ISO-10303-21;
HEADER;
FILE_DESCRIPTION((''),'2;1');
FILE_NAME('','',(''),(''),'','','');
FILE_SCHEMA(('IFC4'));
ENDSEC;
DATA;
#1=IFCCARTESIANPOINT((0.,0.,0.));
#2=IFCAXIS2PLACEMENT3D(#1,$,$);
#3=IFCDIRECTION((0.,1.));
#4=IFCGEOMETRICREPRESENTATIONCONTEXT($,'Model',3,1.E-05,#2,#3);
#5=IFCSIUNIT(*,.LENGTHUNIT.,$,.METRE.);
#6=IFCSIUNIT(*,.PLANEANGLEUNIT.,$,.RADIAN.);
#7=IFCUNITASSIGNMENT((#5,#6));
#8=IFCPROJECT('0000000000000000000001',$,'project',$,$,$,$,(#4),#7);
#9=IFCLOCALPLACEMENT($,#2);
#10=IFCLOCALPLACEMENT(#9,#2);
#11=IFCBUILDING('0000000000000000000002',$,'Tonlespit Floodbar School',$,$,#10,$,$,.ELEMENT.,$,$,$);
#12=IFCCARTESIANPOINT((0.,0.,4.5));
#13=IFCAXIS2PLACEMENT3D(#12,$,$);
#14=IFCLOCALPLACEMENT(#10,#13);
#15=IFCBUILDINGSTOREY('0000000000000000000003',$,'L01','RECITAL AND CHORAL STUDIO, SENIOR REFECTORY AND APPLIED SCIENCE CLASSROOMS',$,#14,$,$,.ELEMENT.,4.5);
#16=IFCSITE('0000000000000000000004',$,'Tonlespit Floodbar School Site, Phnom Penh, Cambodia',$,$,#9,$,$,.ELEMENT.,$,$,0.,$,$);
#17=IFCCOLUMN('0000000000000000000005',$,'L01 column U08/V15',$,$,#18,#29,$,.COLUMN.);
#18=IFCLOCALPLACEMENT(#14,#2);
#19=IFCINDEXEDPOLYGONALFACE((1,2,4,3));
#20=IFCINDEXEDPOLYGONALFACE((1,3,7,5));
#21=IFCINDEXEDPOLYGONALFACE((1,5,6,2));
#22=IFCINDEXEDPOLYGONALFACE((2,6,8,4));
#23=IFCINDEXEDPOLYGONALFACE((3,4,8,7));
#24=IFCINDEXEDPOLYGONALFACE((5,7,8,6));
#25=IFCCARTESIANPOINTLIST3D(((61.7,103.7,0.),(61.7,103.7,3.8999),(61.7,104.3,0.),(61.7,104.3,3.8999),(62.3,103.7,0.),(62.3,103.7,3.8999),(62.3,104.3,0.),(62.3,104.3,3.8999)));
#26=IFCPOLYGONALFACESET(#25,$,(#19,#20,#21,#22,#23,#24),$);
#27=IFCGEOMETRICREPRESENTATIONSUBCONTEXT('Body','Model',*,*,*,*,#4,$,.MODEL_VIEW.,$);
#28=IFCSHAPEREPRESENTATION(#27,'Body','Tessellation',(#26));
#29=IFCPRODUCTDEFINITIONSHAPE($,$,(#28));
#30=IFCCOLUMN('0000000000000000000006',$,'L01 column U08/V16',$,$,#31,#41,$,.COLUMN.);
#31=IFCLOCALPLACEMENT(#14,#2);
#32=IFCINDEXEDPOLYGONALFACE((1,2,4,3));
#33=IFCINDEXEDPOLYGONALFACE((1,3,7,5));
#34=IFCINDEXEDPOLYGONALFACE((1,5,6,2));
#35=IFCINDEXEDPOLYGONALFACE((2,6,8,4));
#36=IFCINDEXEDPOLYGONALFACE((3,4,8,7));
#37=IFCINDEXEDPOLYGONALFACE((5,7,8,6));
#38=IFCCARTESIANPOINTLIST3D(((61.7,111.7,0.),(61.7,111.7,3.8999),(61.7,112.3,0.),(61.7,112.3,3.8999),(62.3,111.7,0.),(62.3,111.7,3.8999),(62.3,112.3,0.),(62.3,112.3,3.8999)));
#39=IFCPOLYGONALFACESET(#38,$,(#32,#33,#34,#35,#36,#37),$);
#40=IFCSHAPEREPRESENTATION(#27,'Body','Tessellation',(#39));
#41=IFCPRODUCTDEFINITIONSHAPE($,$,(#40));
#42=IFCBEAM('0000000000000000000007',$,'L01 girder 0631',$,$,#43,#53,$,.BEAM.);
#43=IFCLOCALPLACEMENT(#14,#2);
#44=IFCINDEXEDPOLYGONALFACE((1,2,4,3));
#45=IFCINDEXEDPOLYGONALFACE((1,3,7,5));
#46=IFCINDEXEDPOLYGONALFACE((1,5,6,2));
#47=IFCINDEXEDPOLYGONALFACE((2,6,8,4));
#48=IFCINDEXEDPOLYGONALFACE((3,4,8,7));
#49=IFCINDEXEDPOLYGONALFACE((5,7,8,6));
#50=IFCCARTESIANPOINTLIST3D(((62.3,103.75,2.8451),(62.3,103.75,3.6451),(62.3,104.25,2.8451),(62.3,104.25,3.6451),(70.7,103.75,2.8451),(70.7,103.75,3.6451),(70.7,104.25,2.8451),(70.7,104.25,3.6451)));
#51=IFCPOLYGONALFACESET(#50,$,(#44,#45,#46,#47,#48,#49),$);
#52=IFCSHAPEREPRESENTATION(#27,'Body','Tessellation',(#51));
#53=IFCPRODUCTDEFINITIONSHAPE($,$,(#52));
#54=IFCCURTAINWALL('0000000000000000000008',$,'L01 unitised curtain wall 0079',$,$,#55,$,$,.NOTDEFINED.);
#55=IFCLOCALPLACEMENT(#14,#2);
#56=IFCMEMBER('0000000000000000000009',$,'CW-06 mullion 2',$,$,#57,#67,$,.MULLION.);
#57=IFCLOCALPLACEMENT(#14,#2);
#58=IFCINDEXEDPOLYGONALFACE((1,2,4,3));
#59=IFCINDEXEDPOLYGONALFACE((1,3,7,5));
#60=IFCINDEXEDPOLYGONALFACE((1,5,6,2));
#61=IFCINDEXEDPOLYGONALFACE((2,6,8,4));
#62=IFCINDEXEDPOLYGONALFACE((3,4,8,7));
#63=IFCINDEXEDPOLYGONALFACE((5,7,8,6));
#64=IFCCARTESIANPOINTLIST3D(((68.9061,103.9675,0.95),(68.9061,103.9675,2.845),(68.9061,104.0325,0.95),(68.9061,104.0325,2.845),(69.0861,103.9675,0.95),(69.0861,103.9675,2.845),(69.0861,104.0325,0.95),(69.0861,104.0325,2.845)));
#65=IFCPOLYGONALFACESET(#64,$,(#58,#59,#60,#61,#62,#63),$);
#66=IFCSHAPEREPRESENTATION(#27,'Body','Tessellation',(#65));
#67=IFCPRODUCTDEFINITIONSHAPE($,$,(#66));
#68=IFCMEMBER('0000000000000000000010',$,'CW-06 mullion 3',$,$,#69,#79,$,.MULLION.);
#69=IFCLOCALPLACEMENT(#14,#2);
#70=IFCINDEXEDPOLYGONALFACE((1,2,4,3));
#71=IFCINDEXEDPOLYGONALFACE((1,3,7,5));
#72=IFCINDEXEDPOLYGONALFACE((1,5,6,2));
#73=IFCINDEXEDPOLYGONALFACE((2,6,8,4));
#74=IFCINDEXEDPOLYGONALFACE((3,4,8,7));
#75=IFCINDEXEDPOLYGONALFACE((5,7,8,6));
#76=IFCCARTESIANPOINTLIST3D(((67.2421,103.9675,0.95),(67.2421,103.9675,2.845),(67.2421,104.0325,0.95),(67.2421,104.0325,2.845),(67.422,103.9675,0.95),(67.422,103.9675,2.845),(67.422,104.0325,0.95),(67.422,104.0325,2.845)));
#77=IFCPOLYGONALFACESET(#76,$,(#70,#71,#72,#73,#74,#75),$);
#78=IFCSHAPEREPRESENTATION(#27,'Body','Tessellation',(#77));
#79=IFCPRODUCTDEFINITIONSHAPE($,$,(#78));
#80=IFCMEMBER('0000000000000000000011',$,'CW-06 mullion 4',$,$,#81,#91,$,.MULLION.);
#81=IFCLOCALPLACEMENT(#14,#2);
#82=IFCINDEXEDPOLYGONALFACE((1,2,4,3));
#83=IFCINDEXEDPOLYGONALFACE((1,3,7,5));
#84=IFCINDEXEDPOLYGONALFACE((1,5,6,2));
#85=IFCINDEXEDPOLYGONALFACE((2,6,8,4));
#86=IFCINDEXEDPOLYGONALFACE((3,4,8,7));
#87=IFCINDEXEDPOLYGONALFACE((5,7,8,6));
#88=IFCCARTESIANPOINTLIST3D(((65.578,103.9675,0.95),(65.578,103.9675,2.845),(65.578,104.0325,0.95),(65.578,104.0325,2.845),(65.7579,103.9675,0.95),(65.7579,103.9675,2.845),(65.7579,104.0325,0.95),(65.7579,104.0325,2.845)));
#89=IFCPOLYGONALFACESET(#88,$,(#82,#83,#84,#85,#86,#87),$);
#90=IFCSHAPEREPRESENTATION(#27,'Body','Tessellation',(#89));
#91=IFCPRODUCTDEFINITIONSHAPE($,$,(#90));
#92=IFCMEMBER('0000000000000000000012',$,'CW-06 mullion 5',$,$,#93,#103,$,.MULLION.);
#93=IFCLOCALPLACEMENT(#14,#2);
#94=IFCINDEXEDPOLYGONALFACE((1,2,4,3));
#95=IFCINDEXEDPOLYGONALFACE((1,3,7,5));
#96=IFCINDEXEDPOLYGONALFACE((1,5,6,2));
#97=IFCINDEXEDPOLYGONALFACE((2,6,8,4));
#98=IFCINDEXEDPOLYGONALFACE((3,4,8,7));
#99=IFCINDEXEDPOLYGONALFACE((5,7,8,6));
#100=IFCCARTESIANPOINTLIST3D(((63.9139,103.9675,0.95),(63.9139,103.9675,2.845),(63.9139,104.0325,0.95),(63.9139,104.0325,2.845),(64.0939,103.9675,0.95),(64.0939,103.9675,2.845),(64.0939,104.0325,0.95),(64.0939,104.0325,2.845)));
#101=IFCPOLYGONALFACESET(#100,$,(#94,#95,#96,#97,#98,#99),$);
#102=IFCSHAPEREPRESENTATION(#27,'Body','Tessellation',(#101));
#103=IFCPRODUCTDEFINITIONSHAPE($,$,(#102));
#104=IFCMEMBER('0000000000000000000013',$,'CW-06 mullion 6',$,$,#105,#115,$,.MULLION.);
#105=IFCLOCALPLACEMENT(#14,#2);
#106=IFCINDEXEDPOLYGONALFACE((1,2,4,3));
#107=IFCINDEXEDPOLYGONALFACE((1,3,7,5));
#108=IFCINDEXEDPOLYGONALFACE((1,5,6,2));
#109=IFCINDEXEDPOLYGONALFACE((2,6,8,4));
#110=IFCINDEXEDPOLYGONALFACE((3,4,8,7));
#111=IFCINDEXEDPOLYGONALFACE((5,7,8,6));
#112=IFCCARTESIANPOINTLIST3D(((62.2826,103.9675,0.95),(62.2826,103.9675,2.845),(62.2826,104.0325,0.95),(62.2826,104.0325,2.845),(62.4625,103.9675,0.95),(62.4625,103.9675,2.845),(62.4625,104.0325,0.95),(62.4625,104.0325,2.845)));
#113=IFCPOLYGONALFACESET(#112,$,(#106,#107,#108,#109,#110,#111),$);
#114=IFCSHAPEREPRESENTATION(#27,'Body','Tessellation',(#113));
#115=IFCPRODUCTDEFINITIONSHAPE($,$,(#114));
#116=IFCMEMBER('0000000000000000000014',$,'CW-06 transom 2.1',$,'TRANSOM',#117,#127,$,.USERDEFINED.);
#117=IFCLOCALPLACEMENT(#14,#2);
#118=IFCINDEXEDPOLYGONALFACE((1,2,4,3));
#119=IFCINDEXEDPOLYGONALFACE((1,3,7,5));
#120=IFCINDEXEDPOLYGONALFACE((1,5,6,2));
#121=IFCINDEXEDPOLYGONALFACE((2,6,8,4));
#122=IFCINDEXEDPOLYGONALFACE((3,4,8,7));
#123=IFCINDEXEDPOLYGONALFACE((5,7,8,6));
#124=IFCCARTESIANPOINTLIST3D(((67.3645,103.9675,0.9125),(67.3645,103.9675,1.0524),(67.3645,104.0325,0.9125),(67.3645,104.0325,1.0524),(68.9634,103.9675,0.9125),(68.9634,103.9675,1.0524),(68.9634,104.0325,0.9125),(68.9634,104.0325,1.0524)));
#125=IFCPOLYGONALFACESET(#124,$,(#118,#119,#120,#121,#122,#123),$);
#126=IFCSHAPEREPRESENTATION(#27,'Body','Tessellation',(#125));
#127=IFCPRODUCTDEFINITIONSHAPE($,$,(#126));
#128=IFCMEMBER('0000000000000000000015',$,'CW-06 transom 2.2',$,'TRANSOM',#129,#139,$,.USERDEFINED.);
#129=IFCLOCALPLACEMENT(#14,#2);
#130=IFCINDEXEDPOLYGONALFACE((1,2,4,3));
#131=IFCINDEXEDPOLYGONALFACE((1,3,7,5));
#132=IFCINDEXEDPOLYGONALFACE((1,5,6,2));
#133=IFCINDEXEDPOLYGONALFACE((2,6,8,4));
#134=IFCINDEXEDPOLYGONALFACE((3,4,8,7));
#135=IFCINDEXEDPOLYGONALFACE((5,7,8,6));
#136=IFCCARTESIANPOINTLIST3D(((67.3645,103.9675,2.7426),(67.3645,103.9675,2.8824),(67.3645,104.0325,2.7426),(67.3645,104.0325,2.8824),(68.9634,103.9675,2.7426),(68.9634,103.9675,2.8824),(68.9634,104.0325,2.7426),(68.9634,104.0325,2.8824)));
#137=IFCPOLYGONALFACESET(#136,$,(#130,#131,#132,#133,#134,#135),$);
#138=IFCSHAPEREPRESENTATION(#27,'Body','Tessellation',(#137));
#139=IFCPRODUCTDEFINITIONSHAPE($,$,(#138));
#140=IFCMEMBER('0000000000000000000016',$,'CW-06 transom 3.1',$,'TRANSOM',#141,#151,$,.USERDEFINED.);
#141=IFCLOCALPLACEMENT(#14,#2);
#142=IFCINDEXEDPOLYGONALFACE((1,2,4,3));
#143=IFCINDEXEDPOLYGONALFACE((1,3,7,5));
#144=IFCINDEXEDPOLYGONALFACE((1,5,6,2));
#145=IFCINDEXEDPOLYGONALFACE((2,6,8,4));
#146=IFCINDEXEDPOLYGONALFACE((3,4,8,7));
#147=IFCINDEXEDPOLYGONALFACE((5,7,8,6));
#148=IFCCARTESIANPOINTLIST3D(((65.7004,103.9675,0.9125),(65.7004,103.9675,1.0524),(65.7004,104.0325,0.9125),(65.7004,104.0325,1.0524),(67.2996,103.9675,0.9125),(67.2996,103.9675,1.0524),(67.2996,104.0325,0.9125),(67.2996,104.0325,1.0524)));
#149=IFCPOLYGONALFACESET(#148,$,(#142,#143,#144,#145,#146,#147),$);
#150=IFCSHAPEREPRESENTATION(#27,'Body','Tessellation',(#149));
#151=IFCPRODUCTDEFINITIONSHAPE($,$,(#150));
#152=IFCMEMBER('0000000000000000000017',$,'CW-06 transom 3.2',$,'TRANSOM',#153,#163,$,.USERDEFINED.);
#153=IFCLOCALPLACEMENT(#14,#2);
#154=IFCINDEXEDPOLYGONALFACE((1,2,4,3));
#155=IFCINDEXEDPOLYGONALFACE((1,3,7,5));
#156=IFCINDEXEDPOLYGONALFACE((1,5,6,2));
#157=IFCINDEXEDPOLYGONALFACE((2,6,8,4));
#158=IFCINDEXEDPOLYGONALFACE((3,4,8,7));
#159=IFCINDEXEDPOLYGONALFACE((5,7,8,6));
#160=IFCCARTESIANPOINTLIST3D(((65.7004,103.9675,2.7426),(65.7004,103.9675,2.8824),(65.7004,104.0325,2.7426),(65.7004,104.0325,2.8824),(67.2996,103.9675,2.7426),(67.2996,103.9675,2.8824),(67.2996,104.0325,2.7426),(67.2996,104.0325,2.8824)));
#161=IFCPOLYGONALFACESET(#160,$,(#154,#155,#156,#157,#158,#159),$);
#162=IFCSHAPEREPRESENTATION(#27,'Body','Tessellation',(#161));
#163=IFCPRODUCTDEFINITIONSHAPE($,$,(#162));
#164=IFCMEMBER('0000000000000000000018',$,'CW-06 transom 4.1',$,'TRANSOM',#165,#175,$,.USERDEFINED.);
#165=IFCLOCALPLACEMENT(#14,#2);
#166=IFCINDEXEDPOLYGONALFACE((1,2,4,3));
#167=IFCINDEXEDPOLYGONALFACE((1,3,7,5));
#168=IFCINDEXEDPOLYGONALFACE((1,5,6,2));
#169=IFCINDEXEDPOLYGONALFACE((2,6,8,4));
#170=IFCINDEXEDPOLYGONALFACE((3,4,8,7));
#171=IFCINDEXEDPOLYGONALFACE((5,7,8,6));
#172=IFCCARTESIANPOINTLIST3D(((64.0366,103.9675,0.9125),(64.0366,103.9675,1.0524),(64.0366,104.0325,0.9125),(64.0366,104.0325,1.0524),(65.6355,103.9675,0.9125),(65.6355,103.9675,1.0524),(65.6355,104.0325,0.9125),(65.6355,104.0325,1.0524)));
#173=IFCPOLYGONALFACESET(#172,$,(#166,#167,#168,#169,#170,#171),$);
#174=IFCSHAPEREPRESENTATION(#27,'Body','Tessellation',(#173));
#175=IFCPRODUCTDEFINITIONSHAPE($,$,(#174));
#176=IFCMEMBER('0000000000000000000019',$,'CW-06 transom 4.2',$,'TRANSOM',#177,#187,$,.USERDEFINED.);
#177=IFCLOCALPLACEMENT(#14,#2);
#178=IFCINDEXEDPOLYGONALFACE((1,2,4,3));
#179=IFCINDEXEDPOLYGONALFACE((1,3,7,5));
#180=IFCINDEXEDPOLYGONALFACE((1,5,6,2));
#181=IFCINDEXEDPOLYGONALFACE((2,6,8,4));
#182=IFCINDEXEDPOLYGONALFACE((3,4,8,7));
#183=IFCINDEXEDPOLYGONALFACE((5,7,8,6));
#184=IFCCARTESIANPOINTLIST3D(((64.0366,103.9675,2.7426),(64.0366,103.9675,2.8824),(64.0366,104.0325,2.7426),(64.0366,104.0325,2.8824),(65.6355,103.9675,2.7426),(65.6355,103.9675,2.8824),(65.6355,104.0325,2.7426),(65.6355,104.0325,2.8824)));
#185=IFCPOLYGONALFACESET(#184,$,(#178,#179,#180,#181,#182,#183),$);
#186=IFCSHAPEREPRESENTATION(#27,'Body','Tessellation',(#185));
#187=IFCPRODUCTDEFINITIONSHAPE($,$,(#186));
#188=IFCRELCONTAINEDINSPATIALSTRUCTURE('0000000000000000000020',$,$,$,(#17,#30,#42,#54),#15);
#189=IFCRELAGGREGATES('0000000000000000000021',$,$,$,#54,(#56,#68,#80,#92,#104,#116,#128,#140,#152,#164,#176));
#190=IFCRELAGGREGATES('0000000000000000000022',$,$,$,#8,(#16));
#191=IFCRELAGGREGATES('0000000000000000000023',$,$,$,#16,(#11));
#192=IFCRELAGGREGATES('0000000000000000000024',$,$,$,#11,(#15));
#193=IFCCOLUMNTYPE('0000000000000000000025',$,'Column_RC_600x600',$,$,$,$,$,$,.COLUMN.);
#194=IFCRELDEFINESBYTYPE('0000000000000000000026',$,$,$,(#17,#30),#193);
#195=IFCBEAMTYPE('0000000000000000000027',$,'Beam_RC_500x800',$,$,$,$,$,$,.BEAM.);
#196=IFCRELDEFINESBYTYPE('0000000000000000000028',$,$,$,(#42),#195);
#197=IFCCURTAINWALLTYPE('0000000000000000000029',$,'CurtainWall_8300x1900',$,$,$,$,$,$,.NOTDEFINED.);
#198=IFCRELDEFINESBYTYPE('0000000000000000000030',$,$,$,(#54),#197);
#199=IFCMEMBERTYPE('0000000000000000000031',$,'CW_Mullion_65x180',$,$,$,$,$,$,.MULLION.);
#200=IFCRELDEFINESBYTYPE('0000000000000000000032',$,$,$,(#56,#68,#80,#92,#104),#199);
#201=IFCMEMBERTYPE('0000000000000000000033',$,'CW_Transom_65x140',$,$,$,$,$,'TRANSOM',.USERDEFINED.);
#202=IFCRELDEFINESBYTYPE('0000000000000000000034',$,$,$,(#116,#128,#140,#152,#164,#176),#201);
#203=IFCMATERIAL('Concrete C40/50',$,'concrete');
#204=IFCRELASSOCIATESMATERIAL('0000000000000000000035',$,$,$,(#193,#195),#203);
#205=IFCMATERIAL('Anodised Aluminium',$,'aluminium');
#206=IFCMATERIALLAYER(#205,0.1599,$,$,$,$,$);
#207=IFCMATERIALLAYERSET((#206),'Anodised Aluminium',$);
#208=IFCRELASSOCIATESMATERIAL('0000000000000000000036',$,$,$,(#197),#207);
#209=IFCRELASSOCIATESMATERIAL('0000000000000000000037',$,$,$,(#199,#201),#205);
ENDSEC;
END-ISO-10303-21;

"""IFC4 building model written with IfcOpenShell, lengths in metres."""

from ifc_helpers import new_model, si_unit, direction, frame, origin, origin_2d, place, context, subcontext, project, spatial, rectangle, extrude, material, layer, layer_set, material_profile, profile_set, type_object, element, aggregate, save


model = new_model("IFC4")

# Units and contexts
model_context = context("Model", 3, precision=1e-05, world=origin(), true_north=direction((0.0, 1.0)))
body_context = subcontext(model_context, "Body", "Model", "MODEL_VIEW")
ifc_project = project(units=[si_unit("LENGTHUNIT", "METRE"), si_unit("PLANEANGLEUNIT", "RADIAN")], contexts=[model_context])

# Site, building, storey
site_placement = place(None, origin())
site = spatial("IfcSite", under=ifc_project, at=site_placement, Name="Tonlespit Floodbar School Site, Phnom Penh, Cambodia", CompositionType="ELEMENT", RefElevation=0.0)
building_placement = place(site_placement, origin())
building = spatial("IfcBuilding", under=site, at=building_placement, Name="Tonlespit Floodbar School", CompositionType="ELEMENT")
storey_placement = place(building_placement, frame((0.0, 0.0, 4.5)))
storey = spatial("IfcBuildingStorey", under=building, at=storey_placement, Name="L01", Description="RECITAL AND CHORAL STUDIO, SENIOR REFECTORY AND APPLIED SCIENCE CLASSROOMS", CompositionType="ELEMENT", Elevation=4.5)

# Columns
ifc_material_1 = material(Name="Concrete C40/50", Category="concrete")
ifc_material_profile_1 = material_profile(ifc_material_1, rectangle(XDim=0.6001, YDim=0.6001, at=origin_2d()), Name="RC 600x600")
ifc_profile_set_1 = profile_set([ifc_material_profile_1], Name="Concrete C40/50")
column_type = type_object("IfcColumnType", Name="Column_RC_600x600", PredefinedType="COLUMN", material=ifc_profile_set_1)
for number, where, z_axis, x_axis, name in (
    (1, (62.0, 104.0, 0.0), (0.0, 0.0, 1.0), (1.0, 0.0, 0.0), "L01 column U08/V15"),
    (2, (62.0, 112.0, 0.0), (0.0, 0.0, 1.0), (1.0, 0.0, 0.0), "L01 column U08/V16"),
):
    element("IfcColumn", number, at=place(storey_placement, frame(where, z_axis=z_axis, x_axis=x_axis)), inside=storey, type_object=column_type, Name=name, PredefinedType="COLUMN", context=body_context, shape_type="SweptSolid", body=[
        extrude(rectangle(XDim=0.6001, YDim=0.6001, at=origin_2d()), origin(), (0.0, 0.0, 1.0), 3.8999),
    ])

# Beam
ifc_material_profile_2 = material_profile(ifc_material_1, rectangle(XDim=0.5, YDim=0.8, at=origin_2d()), Name="RC 500x800")
ifc_profile_set_2 = profile_set([ifc_material_profile_2], Name="Concrete C40/50")
beam_type = type_object("IfcBeamType", Name="Beam_RC_500x800", PredefinedType="BEAM", material=ifc_profile_set_2)
beam_placement = place(storey_placement, frame((62.3, 104.0, 3.2451), z_axis=(1.0, 0.0, 0.0), x_axis=(0.0, 1.0, 0.0)))
element("IfcBeam", 3, at=beam_placement, inside=storey, type_object=beam_type, Name="L01 girder 0631", PredefinedType="BEAM", context=body_context, shape_type="SweptSolid", body=[
    extrude(rectangle(XDim=0.5, YDim=0.8, at=origin_2d()), origin(), (0.0, 0.0, 1.0), 8.3999),
])

# Curtain wall, members
ifc_material_2 = material(Name="Anodised Aluminium", Category="aluminium")
ifc_layer_1 = layer(ifc_material_2, 0.1599)
ifc_layer_set_1 = layer_set([ifc_layer_1], Name="Anodised Aluminium")
curtain_wall_type = type_object("IfcCurtainWallType", Name="CurtainWall_8300x1900", PredefinedType="NOTDEFINED", material=ifc_layer_set_1)
curtain_wall_placement = place(storey_placement, origin())
curtain_wall = element("IfcCurtainWall", 4, at=curtain_wall_placement, inside=storey, type_object=curtain_wall_type, Name="L01 unitised curtain wall 0079", PredefinedType="NOTDEFINED")
ifc_material_profile_3 = material_profile(ifc_material_2, rectangle(XDim=0.0649, YDim=0.1799, at=origin_2d()), Name="ALU M65x180")
ifc_profile_set_3 = profile_set([ifc_material_profile_3], Name="Anodised Aluminium")
member_type_1 = type_object("IfcMemberType", Name="CW_Mullion_65x180", PredefinedType="MULLION", material=ifc_profile_set_3)
member_1_placement = place(storey_placement, frame((68.9961, 104.0, 0.95), z_axis=(0.0, 0.0, 1.0), x_axis=(0.0, -1.0, 0.0)))
member_1 = element("IfcMember", 5, at=member_1_placement, type_object=member_type_1, Name="CW-06 mullion 2", PredefinedType="MULLION", context=body_context, shape_type="SweptSolid", body=[
    extrude(rectangle(XDim=0.0649, YDim=0.1799, at=origin_2d()), origin(), (0.0, 0.0, 1.0), 1.895),
])
member_2_placement = place(storey_placement, frame((67.332, 104.0, 0.95), z_axis=(0.0, 0.0, 1.0), x_axis=(0.0, -1.0, 0.0)))
member_2 = element("IfcMember", 6, at=member_2_placement, type_object=member_type_1, Name="CW-06 mullion 3", PredefinedType="MULLION", context=body_context, shape_type="SweptSolid", body=[
    extrude(rectangle(XDim=0.0649, YDim=0.1799, at=origin_2d()), origin(), (0.0, 0.0, 1.0), 1.895),
])
member_3_placement = place(storey_placement, frame((65.668, 104.0, 0.95), z_axis=(0.0, 0.0, 1.0), x_axis=(0.0, -1.0, 0.0)))
member_3 = element("IfcMember", 7, at=member_3_placement, type_object=member_type_1, Name="CW-06 mullion 4", PredefinedType="MULLION", context=body_context, shape_type="SweptSolid", body=[
    extrude(rectangle(XDim=0.0649, YDim=0.1799, at=origin_2d()), origin(), (0.0, 0.0, 1.0), 1.895),
])
member_4_placement = place(storey_placement, frame((64.0039, 104.0, 0.95), z_axis=(0.0, 0.0, 1.0), x_axis=(0.0, -1.0, 0.0)))
member_4 = element("IfcMember", 8, at=member_4_placement, type_object=member_type_1, Name="CW-06 mullion 5", PredefinedType="MULLION", context=body_context, shape_type="SweptSolid", body=[
    extrude(rectangle(XDim=0.0649, YDim=0.1799, at=origin_2d()), origin(), (0.0, 0.0, 1.0), 1.895),
])
member_5_placement = place(storey_placement, frame((62.3726, 104.0, 0.95), z_axis=(0.0, 0.0, 1.0), x_axis=(0.0, -1.0, 0.0)))
member_5 = element("IfcMember", 9, at=member_5_placement, type_object=member_type_1, Name="CW-06 mullion 6", PredefinedType="MULLION", context=body_context, shape_type="SweptSolid", body=[
    extrude(rectangle(XDim=0.0649, YDim=0.1799, at=origin_2d()), origin(), (0.0, 0.0, 1.0), 1.895),
])
ifc_material_profile_4 = material_profile(ifc_material_2, rectangle(XDim=0.0649, YDim=0.1399, at=origin_2d()), Name="ALU T65x140")
ifc_profile_set_4 = profile_set([ifc_material_profile_4], Name="Anodised Aluminium")
member_type_2 = type_object("IfcMemberType", Name="CW_Transom_65x140", ElementType="TRANSOM", PredefinedType="USERDEFINED", material=ifc_profile_set_4)
member_6_placement = place(storey_placement, frame((68.9634, 104.0, 0.9824), z_axis=(-1.0, 0.0, 0.0), x_axis=(0.0, -1.0, 0.0)))
member_6 = element("IfcMember", 10, at=member_6_placement, type_object=member_type_2, Name="CW-06 transom 2.1", ObjectType="TRANSOM", PredefinedType="USERDEFINED", context=body_context, shape_type="SweptSolid", body=[
    extrude(rectangle(XDim=0.0649, YDim=0.1399, at=origin_2d()), origin(), (0.0, 0.0, 1.0), 1.5989),
])
member_7_placement = place(storey_placement, frame((68.9634, 104.0, 2.8125), z_axis=(-1.0, 0.0, 0.0), x_axis=(0.0, -1.0, 0.0)))
member_7 = element("IfcMember", 11, at=member_7_placement, type_object=member_type_2, Name="CW-06 transom 2.2", ObjectType="TRANSOM", PredefinedType="USERDEFINED", context=body_context, shape_type="SweptSolid", body=[
    extrude(rectangle(XDim=0.0649, YDim=0.1399, at=origin_2d()), origin(), (0.0, 0.0, 1.0), 1.5989),
])
member_8_placement = place(storey_placement, frame((67.2996, 104.0, 0.9824), z_axis=(-1.0, 0.0, 0.0), x_axis=(0.0, -1.0, 0.0)))
member_8 = element("IfcMember", 12, at=member_8_placement, type_object=member_type_2, Name="CW-06 transom 3.1", ObjectType="TRANSOM", PredefinedType="USERDEFINED", context=body_context, shape_type="SweptSolid", body=[
    extrude(rectangle(XDim=0.0649, YDim=0.1399, at=origin_2d()), origin(), (0.0, 0.0, 1.0), 1.5991),
])
member_9_placement = place(storey_placement, frame((67.2996, 104.0, 2.8125), z_axis=(-1.0, 0.0, 0.0), x_axis=(0.0, -1.0, 0.0)))
member_9 = element("IfcMember", 13, at=member_9_placement, type_object=member_type_2, Name="CW-06 transom 3.2", ObjectType="TRANSOM", PredefinedType="USERDEFINED", context=body_context, shape_type="SweptSolid", body=[
    extrude(rectangle(XDim=0.0649, YDim=0.1399, at=origin_2d()), origin(), (0.0, 0.0, 1.0), 1.5991),
])
member_10_placement = place(storey_placement, frame((65.6355, 104.0, 0.9824), z_axis=(-1.0, 0.0, 0.0), x_axis=(0.0, -1.0, 0.0)))
member_10 = element("IfcMember", 14, at=member_10_placement, type_object=member_type_2, Name="CW-06 transom 4.1", ObjectType="TRANSOM", PredefinedType="USERDEFINED", context=body_context, shape_type="SweptSolid", body=[
    extrude(rectangle(XDim=0.0649, YDim=0.1399, at=origin_2d()), origin(), (0.0, 0.0, 1.0), 1.5989),
])
member_11_placement = place(storey_placement, frame((65.6355, 104.0, 2.8125), z_axis=(-1.0, 0.0, 0.0), x_axis=(0.0, -1.0, 0.0)))
member_11 = element("IfcMember", 15, at=member_11_placement, type_object=member_type_2, Name="CW-06 transom 4.2", ObjectType="TRANSOM", PredefinedType="USERDEFINED", context=body_context, shape_type="SweptSolid", body=[
    extrude(rectangle(XDim=0.0649, YDim=0.1399, at=origin_2d()), origin(), (0.0, 0.0, 1.0), 1.5989),
])
aggregate(curtain_wall, [member_1, member_2, member_3, member_4, member_5, member_6, member_7, member_8, member_9, member_10, member_11])

save(model, "model.ifc")
